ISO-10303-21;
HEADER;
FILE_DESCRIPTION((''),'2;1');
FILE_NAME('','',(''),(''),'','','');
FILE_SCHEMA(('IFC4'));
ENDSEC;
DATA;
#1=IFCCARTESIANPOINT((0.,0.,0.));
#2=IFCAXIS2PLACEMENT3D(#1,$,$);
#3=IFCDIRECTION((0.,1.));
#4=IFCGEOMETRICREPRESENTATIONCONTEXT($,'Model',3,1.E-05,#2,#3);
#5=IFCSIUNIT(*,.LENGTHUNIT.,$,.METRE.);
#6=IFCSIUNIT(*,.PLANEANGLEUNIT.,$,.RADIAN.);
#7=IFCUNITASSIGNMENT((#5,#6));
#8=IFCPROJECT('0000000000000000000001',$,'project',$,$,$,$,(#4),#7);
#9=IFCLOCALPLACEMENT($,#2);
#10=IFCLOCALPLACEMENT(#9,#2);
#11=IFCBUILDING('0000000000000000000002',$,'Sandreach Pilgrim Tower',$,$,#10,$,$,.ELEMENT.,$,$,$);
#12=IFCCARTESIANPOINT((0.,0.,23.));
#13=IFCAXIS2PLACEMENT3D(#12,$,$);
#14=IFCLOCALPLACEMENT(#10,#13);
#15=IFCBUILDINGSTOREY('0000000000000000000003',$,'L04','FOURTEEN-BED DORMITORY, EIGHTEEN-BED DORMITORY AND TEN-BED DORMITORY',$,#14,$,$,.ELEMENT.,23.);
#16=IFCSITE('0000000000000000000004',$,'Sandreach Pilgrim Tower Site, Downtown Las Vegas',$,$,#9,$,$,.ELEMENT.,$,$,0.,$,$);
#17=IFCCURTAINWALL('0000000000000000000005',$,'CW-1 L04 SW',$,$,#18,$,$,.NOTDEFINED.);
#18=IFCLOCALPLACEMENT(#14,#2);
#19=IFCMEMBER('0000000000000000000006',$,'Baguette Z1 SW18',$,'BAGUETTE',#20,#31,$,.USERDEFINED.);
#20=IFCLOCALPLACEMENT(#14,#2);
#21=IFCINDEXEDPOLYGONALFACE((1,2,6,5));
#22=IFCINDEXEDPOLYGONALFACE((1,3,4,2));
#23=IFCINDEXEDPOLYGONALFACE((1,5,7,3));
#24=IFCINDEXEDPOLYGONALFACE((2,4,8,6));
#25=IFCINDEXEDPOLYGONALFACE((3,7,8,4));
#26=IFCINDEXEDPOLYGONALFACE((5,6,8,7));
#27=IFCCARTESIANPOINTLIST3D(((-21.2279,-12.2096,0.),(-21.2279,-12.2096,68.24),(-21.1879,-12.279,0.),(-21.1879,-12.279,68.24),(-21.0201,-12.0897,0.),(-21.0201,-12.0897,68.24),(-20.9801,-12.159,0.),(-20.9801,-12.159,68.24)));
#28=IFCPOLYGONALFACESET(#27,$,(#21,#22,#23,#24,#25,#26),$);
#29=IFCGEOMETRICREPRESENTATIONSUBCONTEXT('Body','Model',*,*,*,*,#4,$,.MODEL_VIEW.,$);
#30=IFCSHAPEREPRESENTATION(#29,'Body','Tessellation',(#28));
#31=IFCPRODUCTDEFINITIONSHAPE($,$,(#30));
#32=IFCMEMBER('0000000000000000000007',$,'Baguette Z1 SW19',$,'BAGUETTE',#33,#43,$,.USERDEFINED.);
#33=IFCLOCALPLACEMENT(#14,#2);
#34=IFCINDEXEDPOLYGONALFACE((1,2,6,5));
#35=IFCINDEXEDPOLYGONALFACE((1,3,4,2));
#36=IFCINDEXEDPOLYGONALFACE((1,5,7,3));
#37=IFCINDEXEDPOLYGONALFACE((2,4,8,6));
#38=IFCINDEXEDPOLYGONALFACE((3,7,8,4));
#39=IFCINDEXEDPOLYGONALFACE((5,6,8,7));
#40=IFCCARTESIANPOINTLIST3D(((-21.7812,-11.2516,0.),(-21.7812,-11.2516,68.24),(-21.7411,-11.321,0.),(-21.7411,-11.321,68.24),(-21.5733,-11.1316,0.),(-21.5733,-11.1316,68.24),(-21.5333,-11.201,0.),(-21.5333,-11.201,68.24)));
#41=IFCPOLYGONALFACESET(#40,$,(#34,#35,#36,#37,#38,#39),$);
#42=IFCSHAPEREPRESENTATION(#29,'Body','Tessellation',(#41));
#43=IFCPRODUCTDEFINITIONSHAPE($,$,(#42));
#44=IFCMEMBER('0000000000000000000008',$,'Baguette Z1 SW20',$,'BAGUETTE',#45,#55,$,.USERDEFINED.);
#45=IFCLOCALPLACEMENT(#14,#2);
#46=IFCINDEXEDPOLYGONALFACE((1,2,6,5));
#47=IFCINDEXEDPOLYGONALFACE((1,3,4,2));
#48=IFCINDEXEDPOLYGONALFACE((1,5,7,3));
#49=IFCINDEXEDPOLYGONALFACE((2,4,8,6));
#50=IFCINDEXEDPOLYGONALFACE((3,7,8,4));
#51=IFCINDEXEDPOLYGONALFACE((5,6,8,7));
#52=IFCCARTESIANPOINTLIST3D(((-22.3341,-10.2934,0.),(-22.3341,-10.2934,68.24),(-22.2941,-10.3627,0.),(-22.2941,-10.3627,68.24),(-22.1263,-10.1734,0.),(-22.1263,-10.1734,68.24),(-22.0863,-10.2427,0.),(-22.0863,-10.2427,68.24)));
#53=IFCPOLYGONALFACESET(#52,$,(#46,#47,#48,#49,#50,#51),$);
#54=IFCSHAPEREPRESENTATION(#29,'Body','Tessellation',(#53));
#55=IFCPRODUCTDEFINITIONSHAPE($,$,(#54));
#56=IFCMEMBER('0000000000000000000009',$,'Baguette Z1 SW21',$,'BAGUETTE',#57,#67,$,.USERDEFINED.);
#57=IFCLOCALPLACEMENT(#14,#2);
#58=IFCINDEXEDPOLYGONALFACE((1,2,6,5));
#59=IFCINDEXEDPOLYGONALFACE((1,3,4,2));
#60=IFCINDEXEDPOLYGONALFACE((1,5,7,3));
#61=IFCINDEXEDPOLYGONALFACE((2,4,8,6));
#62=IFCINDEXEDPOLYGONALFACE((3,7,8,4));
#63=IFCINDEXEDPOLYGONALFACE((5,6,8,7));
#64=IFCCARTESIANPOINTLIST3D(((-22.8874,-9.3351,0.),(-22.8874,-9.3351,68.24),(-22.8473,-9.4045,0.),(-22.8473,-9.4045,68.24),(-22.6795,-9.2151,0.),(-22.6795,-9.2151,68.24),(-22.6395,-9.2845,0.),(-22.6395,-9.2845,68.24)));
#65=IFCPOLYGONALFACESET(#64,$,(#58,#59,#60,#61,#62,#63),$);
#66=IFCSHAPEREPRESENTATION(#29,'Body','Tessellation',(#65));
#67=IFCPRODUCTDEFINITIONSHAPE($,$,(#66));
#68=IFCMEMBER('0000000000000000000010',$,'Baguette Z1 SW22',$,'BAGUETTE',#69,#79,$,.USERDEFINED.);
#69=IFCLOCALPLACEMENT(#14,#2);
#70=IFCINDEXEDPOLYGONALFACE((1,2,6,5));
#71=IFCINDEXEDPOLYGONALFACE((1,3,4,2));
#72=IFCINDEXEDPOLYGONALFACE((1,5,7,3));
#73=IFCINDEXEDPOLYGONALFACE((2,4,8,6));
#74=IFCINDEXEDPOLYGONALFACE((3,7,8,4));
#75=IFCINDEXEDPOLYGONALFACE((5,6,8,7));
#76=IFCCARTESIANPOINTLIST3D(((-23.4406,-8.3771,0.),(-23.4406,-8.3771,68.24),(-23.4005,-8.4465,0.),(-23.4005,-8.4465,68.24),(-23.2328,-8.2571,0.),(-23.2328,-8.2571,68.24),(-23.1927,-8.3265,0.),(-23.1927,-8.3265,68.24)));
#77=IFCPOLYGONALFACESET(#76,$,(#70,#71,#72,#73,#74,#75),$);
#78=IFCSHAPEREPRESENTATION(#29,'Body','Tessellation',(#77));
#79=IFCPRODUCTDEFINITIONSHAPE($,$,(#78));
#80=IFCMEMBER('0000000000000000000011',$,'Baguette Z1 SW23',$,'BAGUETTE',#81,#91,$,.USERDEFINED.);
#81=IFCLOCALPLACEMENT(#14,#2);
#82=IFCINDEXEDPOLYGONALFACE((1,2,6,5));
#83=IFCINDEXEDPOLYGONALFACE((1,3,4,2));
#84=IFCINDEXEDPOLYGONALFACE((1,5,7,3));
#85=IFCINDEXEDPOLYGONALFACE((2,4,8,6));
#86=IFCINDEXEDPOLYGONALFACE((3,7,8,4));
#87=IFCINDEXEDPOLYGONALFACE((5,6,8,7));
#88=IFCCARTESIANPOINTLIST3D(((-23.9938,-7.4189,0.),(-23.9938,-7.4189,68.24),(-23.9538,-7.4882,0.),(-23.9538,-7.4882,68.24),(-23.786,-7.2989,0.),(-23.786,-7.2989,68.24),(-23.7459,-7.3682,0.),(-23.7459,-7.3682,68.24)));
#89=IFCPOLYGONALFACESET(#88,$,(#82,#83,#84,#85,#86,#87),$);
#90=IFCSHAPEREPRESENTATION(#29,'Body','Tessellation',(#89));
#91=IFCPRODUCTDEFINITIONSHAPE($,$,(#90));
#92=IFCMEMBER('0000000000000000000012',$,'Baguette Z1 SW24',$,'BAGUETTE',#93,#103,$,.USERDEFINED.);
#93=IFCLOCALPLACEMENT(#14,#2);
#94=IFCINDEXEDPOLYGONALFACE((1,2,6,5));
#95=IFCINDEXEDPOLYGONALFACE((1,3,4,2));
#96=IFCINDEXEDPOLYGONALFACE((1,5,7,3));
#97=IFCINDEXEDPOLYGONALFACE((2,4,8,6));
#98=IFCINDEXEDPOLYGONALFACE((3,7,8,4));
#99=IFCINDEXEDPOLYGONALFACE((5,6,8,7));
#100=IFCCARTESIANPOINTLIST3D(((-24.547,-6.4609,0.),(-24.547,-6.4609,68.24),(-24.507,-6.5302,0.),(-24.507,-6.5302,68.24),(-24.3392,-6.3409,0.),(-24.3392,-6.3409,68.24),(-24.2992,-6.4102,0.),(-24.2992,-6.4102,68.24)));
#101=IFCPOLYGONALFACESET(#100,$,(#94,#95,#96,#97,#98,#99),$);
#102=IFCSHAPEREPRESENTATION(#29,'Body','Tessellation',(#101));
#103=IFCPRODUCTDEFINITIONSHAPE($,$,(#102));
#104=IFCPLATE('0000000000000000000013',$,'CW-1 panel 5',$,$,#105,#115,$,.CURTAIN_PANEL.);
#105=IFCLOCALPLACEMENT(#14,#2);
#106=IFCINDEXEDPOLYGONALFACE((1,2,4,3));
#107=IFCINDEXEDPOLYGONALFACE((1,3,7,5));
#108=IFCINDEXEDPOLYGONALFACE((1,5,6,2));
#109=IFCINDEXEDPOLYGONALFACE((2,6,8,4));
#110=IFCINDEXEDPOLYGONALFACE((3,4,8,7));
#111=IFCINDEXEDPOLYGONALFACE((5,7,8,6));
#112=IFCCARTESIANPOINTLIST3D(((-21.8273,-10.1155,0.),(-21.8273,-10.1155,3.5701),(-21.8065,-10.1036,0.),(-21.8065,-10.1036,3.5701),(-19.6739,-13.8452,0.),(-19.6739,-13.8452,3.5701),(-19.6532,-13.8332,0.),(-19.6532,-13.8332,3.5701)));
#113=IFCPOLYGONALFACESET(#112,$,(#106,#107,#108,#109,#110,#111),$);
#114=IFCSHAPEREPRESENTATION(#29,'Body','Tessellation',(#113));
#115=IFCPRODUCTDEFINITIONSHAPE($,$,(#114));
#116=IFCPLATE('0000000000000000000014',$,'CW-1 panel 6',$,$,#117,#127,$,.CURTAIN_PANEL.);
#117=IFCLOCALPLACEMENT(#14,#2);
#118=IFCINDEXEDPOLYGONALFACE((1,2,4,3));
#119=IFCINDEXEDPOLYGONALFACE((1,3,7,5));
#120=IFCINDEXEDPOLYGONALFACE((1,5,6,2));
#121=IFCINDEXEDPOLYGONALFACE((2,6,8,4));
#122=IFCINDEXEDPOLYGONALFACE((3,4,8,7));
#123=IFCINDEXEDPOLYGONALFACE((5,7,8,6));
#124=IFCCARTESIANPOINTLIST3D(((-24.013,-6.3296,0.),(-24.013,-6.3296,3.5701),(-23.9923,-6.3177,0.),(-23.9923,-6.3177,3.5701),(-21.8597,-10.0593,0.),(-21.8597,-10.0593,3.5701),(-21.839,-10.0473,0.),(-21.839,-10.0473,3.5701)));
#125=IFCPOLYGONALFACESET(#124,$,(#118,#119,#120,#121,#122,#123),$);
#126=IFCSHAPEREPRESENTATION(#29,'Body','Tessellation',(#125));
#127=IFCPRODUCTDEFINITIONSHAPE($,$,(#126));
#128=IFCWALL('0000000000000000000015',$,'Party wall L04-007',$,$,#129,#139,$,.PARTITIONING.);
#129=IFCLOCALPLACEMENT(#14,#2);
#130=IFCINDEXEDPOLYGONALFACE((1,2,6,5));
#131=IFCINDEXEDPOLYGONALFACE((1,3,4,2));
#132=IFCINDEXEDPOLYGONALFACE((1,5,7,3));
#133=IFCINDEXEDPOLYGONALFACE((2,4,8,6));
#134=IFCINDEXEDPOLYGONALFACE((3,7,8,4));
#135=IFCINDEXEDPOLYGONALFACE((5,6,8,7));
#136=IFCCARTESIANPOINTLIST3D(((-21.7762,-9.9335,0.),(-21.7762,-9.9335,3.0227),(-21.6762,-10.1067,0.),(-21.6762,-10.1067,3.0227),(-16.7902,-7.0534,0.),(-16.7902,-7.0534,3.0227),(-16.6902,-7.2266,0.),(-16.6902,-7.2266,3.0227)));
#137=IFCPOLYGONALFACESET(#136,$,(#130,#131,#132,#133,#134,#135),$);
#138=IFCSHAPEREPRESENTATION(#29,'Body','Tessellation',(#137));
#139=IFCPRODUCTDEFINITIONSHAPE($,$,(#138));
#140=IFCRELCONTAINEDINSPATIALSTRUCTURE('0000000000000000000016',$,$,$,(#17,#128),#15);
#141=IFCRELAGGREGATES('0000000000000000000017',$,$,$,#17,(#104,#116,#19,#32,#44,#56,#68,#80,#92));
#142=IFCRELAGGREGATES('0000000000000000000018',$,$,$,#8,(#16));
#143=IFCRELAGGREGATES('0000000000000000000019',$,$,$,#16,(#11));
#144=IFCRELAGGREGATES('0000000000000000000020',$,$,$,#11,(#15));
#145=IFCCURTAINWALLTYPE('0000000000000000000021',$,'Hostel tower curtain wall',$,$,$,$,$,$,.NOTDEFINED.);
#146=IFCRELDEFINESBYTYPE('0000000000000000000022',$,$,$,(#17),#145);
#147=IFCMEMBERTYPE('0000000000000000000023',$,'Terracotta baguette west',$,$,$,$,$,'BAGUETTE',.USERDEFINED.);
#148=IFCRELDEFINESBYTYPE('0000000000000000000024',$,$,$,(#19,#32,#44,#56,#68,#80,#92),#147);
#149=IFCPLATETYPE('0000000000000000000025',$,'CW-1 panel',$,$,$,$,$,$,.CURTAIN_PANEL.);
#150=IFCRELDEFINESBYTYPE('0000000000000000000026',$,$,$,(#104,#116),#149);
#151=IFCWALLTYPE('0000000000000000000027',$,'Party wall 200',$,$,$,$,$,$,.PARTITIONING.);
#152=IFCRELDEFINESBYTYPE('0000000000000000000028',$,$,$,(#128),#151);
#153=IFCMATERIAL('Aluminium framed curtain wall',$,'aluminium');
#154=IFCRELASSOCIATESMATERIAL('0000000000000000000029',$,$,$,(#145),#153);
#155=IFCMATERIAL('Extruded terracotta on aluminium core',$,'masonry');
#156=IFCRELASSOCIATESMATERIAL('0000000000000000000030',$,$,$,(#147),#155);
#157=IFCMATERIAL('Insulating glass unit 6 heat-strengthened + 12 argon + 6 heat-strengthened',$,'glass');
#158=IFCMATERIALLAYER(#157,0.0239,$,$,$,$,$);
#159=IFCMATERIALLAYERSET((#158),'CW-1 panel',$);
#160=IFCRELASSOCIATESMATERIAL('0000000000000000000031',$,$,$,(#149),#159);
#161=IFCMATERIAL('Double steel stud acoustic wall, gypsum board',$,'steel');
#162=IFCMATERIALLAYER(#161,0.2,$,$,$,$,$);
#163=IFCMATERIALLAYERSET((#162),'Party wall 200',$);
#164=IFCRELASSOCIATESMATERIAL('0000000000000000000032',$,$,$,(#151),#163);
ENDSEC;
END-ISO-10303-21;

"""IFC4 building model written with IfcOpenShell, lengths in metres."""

from ifc_helpers import new_model, si_unit, direction, frame, frame_2d, origin, origin_2d, place, context, subcontext, project, spatial, rectangle, extrude, material, layer, layer_set, material_profile, profile_set, type_object, element, aggregate, save


model = new_model("IFC4")

# Units and contexts
model_context = context("Model", 3, precision=1e-05, world=origin(), true_north=direction((0.0, 1.0)))
body_context = subcontext(model_context, "Body", "Model", "MODEL_VIEW")
ifc_project = project(units=[si_unit("LENGTHUNIT", "METRE"), si_unit("PLANEANGLEUNIT", "RADIAN")], contexts=[model_context])

# Site, building, storey
site_placement = place(None, origin())
site = spatial("IfcSite", under=ifc_project, at=site_placement, Name="Sandreach Pilgrim Tower Site, Downtown Las Vegas", CompositionType="ELEMENT", RefElevation=0.0)
building_placement = place(site_placement, origin())
building = spatial("IfcBuilding", under=site, at=building_placement, Name="Sandreach Pilgrim Tower", CompositionType="ELEMENT")
storey_placement = place(building_placement, frame((0.0, 0.0, 23.0)))
storey = spatial("IfcBuildingStorey", under=building, at=storey_placement, Name="L04", Description="FOURTEEN-BED DORMITORY, EIGHTEEN-BED DORMITORY AND TEN-BED DORMITORY", CompositionType="ELEMENT", Elevation=23.0)

# Curtain wall
ifc_material_1 = material(Name="Aluminium framed curtain wall", Category="aluminium")
curtain_wall_type = type_object("IfcCurtainWallType", Name="Hostel tower curtain wall", PredefinedType="NOTDEFINED", material=ifc_material_1)
curtain_wall_placement = place(storey_placement, origin())
curtain_wall = element("IfcCurtainWall", 1, at=curtain_wall_placement, inside=storey, type_object=curtain_wall_type, Name="CW-1 L04 SW", PredefinedType="NOTDEFINED")

# Members
ifc_material_2 = material(Name="Extruded terracotta on aluminium core", Category="masonry")
ifc_material_profile_1 = material_profile(ifc_material_2, rectangle(XDim=0.0801, YDim=0.24, at=origin_2d()), Name="TBW 80X240")
ifc_profile_set_1 = profile_set([ifc_material_profile_1], Name="Extruded terracotta on aluminium core")
member_type_1 = type_object("IfcMemberType", Name="Terracotta baguette west", ElementType="BAGUETTE", PredefinedType="USERDEFINED", material=ifc_profile_set_1)
member_1_placement = place(storey_placement, frame((-21.104, -12.1843, 0.0), z_axis=(0.0, 0.0, 1.0), x_axis=(-0.5, 0.866025, 0.0)))
member_1 = element("IfcMember", 2, at=member_1_placement, type_object=member_type_1, Name="Baguette Z1 SW18", ObjectType="BAGUETTE", PredefinedType="USERDEFINED", context=body_context, shape_type="SweptSolid", body=[
    extrude(rectangle(XDim=0.0801, YDim=0.24, at=origin_2d()), origin(), (0.0, 0.0, 1.0), 68.24),
])
member_2_placement = place(storey_placement, frame((-21.6572, -11.2263, 0.0), z_axis=(0.0, 0.0, 1.0), x_axis=(-0.5, 0.866025, 0.0)))
member_2 = element("IfcMember", 3, at=member_2_placement, type_object=member_type_1, Name="Baguette Z1 SW19", ObjectType="BAGUETTE", PredefinedType="USERDEFINED", context=body_context, shape_type="SweptSolid", body=[
    extrude(rectangle(XDim=0.0801, YDim=0.24, at=origin_2d()), origin(), (0.0, 0.0, 1.0), 68.24),
])
member_3_placement = place(storey_placement, frame((-22.2102, -10.2681, 0.0), z_axis=(0.0, 0.0, 1.0), x_axis=(-0.5, 0.866025, 0.0)))
member_3 = element("IfcMember", 4, at=member_3_placement, type_object=member_type_1, Name="Baguette Z1 SW20", ObjectType="BAGUETTE", PredefinedType="USERDEFINED", context=body_context, shape_type="SweptSolid", body=[
    extrude(rectangle(XDim=0.0801, YDim=0.24, at=origin_2d()), origin(), (0.0, 0.0, 1.0), 68.24),
])
member_4_placement = place(storey_placement, frame((-22.7634, -9.3098, 0.0), z_axis=(0.0, 0.0, 1.0), x_axis=(-0.5, 0.866025, 0.0)))
member_4 = element("IfcMember", 5, at=member_4_placement, type_object=member_type_1, Name="Baguette Z1 SW21", ObjectType="BAGUETTE", PredefinedType="USERDEFINED", context=body_context, shape_type="SweptSolid", body=[
    extrude(rectangle(XDim=0.0801, YDim=0.24, at=origin_2d()), origin(), (0.0, 0.0, 1.0), 68.24),
])
member_5_placement = place(storey_placement, frame((-23.3167, -8.3518, 0.0), z_axis=(0.0, 0.0, 1.0), x_axis=(-0.5, 0.866025, 0.0)))
member_5 = element("IfcMember", 6, at=member_5_placement, type_object=member_type_1, Name="Baguette Z1 SW22", ObjectType="BAGUETTE", PredefinedType="USERDEFINED", context=body_context, shape_type="SweptSolid", body=[
    extrude(rectangle(XDim=0.0801, YDim=0.24, at=origin_2d()), origin(), (0.0, 0.0, 1.0), 68.24),
])
member_6_placement = place(storey_placement, frame((-23.8699, -7.3936, 0.0), z_axis=(0.0, 0.0, 1.0), x_axis=(-0.5, 0.866025, 0.0)))
member_6 = element("IfcMember", 7, at=member_6_placement, type_object=member_type_1, Name="Baguette Z1 SW23", ObjectType="BAGUETTE", PredefinedType="USERDEFINED", context=body_context, shape_type="SweptSolid", body=[
    extrude(rectangle(XDim=0.0801, YDim=0.24, at=origin_2d()), origin(), (0.0, 0.0, 1.0), 68.24),
])
member_7_placement = place(storey_placement, frame((-24.4231, -6.4355, 0.0), z_axis=(0.0, 0.0, 1.0), x_axis=(-0.5, 0.866025, 0.0)))
member_7 = element("IfcMember", 8, at=member_7_placement, type_object=member_type_1, Name="Baguette Z1 SW24", ObjectType="BAGUETTE", PredefinedType="USERDEFINED", context=body_context, shape_type="SweptSolid", body=[
    extrude(rectangle(XDim=0.0801, YDim=0.24, at=origin_2d()), origin(), (0.0, 0.0, 1.0), 68.24),
])

# Plates
ifc_material_3 = material(Name="Insulating glass unit 6 heat-strengthened + 12 argon + 6 heat-strengthened", Category="glass")
ifc_layer_1 = layer(ifc_material_3, 0.0239)
ifc_layer_set_1 = layer_set([ifc_layer_1], Name="CW-1 panel")
plate_type = type_object("IfcPlateType", Name="CW-1 panel", PredefinedType="CURTAIN_PANEL", material=ifc_layer_set_1)
plate_1_placement = place(storey_placement, frame((-20.7402, -11.9744, 0.0), z_axis=(0.0, 0.0, 1.0), x_axis=(-0.5, 0.866025, 0.0)))
plate_1 = element("IfcPlate", 9, at=plate_1_placement, type_object=plate_type, Name="CW-1 panel 5", PredefinedType="CURTAIN_PANEL", context=body_context, shape_type="SweptSolid", body=[
    extrude(rectangle(XDim=4.3066, YDim=0.0239, at=origin_2d()), origin(), (0.0, 0.0, 1.0), 3.5701),
])
plate_2_placement = place(storey_placement, frame((-22.926, -8.1885, 0.0), z_axis=(0.0, 0.0, 1.0), x_axis=(-0.5, 0.866025, 0.0)))
plate_2 = element("IfcPlate", 10, at=plate_2_placement, type_object=plate_type, Name="CW-1 panel 6", PredefinedType="CURTAIN_PANEL", context=body_context, shape_type="SweptSolid", body=[
    extrude(rectangle(XDim=4.3066, YDim=0.0239, at=origin_2d()), origin(), (0.0, 0.0, 1.0), 3.5701),
])
aggregate(curtain_wall, [plate_1, plate_2, member_1, member_2, member_3, member_4, member_5, member_6, member_7])

# Wall
ifc_material_4 = material(Name="Double steel stud acoustic wall, gypsum board", Category="steel")
ifc_layer_2 = layer(ifc_material_4, 0.2)
ifc_layer_set_2 = layer_set([ifc_layer_2], Name="Party wall 200")
wall_type = type_object("IfcWallType", Name="Party wall 200", PredefinedType="PARTITIONING", material=ifc_layer_set_2)
wall_placement = place(storey_placement, frame((-21.7261, -10.02, 0.0), z_axis=(0.0, 0.0, 1.0), x_axis=(0.865919, 0.500184, 0.0)))
element("IfcWall", 11, at=wall_placement, inside=storey, type_object=wall_type, Name="Party wall L04-007", PredefinedType="PARTITIONING", context=body_context, shape_type="SweptSolid", body=[
    extrude(rectangle(XDim=5.7581, YDim=0.2, at=frame_2d((2.8789, 0.0))), origin(), (0.0, 0.0, 1.0), 3.0227),
])

save(model, "model.ifc")
